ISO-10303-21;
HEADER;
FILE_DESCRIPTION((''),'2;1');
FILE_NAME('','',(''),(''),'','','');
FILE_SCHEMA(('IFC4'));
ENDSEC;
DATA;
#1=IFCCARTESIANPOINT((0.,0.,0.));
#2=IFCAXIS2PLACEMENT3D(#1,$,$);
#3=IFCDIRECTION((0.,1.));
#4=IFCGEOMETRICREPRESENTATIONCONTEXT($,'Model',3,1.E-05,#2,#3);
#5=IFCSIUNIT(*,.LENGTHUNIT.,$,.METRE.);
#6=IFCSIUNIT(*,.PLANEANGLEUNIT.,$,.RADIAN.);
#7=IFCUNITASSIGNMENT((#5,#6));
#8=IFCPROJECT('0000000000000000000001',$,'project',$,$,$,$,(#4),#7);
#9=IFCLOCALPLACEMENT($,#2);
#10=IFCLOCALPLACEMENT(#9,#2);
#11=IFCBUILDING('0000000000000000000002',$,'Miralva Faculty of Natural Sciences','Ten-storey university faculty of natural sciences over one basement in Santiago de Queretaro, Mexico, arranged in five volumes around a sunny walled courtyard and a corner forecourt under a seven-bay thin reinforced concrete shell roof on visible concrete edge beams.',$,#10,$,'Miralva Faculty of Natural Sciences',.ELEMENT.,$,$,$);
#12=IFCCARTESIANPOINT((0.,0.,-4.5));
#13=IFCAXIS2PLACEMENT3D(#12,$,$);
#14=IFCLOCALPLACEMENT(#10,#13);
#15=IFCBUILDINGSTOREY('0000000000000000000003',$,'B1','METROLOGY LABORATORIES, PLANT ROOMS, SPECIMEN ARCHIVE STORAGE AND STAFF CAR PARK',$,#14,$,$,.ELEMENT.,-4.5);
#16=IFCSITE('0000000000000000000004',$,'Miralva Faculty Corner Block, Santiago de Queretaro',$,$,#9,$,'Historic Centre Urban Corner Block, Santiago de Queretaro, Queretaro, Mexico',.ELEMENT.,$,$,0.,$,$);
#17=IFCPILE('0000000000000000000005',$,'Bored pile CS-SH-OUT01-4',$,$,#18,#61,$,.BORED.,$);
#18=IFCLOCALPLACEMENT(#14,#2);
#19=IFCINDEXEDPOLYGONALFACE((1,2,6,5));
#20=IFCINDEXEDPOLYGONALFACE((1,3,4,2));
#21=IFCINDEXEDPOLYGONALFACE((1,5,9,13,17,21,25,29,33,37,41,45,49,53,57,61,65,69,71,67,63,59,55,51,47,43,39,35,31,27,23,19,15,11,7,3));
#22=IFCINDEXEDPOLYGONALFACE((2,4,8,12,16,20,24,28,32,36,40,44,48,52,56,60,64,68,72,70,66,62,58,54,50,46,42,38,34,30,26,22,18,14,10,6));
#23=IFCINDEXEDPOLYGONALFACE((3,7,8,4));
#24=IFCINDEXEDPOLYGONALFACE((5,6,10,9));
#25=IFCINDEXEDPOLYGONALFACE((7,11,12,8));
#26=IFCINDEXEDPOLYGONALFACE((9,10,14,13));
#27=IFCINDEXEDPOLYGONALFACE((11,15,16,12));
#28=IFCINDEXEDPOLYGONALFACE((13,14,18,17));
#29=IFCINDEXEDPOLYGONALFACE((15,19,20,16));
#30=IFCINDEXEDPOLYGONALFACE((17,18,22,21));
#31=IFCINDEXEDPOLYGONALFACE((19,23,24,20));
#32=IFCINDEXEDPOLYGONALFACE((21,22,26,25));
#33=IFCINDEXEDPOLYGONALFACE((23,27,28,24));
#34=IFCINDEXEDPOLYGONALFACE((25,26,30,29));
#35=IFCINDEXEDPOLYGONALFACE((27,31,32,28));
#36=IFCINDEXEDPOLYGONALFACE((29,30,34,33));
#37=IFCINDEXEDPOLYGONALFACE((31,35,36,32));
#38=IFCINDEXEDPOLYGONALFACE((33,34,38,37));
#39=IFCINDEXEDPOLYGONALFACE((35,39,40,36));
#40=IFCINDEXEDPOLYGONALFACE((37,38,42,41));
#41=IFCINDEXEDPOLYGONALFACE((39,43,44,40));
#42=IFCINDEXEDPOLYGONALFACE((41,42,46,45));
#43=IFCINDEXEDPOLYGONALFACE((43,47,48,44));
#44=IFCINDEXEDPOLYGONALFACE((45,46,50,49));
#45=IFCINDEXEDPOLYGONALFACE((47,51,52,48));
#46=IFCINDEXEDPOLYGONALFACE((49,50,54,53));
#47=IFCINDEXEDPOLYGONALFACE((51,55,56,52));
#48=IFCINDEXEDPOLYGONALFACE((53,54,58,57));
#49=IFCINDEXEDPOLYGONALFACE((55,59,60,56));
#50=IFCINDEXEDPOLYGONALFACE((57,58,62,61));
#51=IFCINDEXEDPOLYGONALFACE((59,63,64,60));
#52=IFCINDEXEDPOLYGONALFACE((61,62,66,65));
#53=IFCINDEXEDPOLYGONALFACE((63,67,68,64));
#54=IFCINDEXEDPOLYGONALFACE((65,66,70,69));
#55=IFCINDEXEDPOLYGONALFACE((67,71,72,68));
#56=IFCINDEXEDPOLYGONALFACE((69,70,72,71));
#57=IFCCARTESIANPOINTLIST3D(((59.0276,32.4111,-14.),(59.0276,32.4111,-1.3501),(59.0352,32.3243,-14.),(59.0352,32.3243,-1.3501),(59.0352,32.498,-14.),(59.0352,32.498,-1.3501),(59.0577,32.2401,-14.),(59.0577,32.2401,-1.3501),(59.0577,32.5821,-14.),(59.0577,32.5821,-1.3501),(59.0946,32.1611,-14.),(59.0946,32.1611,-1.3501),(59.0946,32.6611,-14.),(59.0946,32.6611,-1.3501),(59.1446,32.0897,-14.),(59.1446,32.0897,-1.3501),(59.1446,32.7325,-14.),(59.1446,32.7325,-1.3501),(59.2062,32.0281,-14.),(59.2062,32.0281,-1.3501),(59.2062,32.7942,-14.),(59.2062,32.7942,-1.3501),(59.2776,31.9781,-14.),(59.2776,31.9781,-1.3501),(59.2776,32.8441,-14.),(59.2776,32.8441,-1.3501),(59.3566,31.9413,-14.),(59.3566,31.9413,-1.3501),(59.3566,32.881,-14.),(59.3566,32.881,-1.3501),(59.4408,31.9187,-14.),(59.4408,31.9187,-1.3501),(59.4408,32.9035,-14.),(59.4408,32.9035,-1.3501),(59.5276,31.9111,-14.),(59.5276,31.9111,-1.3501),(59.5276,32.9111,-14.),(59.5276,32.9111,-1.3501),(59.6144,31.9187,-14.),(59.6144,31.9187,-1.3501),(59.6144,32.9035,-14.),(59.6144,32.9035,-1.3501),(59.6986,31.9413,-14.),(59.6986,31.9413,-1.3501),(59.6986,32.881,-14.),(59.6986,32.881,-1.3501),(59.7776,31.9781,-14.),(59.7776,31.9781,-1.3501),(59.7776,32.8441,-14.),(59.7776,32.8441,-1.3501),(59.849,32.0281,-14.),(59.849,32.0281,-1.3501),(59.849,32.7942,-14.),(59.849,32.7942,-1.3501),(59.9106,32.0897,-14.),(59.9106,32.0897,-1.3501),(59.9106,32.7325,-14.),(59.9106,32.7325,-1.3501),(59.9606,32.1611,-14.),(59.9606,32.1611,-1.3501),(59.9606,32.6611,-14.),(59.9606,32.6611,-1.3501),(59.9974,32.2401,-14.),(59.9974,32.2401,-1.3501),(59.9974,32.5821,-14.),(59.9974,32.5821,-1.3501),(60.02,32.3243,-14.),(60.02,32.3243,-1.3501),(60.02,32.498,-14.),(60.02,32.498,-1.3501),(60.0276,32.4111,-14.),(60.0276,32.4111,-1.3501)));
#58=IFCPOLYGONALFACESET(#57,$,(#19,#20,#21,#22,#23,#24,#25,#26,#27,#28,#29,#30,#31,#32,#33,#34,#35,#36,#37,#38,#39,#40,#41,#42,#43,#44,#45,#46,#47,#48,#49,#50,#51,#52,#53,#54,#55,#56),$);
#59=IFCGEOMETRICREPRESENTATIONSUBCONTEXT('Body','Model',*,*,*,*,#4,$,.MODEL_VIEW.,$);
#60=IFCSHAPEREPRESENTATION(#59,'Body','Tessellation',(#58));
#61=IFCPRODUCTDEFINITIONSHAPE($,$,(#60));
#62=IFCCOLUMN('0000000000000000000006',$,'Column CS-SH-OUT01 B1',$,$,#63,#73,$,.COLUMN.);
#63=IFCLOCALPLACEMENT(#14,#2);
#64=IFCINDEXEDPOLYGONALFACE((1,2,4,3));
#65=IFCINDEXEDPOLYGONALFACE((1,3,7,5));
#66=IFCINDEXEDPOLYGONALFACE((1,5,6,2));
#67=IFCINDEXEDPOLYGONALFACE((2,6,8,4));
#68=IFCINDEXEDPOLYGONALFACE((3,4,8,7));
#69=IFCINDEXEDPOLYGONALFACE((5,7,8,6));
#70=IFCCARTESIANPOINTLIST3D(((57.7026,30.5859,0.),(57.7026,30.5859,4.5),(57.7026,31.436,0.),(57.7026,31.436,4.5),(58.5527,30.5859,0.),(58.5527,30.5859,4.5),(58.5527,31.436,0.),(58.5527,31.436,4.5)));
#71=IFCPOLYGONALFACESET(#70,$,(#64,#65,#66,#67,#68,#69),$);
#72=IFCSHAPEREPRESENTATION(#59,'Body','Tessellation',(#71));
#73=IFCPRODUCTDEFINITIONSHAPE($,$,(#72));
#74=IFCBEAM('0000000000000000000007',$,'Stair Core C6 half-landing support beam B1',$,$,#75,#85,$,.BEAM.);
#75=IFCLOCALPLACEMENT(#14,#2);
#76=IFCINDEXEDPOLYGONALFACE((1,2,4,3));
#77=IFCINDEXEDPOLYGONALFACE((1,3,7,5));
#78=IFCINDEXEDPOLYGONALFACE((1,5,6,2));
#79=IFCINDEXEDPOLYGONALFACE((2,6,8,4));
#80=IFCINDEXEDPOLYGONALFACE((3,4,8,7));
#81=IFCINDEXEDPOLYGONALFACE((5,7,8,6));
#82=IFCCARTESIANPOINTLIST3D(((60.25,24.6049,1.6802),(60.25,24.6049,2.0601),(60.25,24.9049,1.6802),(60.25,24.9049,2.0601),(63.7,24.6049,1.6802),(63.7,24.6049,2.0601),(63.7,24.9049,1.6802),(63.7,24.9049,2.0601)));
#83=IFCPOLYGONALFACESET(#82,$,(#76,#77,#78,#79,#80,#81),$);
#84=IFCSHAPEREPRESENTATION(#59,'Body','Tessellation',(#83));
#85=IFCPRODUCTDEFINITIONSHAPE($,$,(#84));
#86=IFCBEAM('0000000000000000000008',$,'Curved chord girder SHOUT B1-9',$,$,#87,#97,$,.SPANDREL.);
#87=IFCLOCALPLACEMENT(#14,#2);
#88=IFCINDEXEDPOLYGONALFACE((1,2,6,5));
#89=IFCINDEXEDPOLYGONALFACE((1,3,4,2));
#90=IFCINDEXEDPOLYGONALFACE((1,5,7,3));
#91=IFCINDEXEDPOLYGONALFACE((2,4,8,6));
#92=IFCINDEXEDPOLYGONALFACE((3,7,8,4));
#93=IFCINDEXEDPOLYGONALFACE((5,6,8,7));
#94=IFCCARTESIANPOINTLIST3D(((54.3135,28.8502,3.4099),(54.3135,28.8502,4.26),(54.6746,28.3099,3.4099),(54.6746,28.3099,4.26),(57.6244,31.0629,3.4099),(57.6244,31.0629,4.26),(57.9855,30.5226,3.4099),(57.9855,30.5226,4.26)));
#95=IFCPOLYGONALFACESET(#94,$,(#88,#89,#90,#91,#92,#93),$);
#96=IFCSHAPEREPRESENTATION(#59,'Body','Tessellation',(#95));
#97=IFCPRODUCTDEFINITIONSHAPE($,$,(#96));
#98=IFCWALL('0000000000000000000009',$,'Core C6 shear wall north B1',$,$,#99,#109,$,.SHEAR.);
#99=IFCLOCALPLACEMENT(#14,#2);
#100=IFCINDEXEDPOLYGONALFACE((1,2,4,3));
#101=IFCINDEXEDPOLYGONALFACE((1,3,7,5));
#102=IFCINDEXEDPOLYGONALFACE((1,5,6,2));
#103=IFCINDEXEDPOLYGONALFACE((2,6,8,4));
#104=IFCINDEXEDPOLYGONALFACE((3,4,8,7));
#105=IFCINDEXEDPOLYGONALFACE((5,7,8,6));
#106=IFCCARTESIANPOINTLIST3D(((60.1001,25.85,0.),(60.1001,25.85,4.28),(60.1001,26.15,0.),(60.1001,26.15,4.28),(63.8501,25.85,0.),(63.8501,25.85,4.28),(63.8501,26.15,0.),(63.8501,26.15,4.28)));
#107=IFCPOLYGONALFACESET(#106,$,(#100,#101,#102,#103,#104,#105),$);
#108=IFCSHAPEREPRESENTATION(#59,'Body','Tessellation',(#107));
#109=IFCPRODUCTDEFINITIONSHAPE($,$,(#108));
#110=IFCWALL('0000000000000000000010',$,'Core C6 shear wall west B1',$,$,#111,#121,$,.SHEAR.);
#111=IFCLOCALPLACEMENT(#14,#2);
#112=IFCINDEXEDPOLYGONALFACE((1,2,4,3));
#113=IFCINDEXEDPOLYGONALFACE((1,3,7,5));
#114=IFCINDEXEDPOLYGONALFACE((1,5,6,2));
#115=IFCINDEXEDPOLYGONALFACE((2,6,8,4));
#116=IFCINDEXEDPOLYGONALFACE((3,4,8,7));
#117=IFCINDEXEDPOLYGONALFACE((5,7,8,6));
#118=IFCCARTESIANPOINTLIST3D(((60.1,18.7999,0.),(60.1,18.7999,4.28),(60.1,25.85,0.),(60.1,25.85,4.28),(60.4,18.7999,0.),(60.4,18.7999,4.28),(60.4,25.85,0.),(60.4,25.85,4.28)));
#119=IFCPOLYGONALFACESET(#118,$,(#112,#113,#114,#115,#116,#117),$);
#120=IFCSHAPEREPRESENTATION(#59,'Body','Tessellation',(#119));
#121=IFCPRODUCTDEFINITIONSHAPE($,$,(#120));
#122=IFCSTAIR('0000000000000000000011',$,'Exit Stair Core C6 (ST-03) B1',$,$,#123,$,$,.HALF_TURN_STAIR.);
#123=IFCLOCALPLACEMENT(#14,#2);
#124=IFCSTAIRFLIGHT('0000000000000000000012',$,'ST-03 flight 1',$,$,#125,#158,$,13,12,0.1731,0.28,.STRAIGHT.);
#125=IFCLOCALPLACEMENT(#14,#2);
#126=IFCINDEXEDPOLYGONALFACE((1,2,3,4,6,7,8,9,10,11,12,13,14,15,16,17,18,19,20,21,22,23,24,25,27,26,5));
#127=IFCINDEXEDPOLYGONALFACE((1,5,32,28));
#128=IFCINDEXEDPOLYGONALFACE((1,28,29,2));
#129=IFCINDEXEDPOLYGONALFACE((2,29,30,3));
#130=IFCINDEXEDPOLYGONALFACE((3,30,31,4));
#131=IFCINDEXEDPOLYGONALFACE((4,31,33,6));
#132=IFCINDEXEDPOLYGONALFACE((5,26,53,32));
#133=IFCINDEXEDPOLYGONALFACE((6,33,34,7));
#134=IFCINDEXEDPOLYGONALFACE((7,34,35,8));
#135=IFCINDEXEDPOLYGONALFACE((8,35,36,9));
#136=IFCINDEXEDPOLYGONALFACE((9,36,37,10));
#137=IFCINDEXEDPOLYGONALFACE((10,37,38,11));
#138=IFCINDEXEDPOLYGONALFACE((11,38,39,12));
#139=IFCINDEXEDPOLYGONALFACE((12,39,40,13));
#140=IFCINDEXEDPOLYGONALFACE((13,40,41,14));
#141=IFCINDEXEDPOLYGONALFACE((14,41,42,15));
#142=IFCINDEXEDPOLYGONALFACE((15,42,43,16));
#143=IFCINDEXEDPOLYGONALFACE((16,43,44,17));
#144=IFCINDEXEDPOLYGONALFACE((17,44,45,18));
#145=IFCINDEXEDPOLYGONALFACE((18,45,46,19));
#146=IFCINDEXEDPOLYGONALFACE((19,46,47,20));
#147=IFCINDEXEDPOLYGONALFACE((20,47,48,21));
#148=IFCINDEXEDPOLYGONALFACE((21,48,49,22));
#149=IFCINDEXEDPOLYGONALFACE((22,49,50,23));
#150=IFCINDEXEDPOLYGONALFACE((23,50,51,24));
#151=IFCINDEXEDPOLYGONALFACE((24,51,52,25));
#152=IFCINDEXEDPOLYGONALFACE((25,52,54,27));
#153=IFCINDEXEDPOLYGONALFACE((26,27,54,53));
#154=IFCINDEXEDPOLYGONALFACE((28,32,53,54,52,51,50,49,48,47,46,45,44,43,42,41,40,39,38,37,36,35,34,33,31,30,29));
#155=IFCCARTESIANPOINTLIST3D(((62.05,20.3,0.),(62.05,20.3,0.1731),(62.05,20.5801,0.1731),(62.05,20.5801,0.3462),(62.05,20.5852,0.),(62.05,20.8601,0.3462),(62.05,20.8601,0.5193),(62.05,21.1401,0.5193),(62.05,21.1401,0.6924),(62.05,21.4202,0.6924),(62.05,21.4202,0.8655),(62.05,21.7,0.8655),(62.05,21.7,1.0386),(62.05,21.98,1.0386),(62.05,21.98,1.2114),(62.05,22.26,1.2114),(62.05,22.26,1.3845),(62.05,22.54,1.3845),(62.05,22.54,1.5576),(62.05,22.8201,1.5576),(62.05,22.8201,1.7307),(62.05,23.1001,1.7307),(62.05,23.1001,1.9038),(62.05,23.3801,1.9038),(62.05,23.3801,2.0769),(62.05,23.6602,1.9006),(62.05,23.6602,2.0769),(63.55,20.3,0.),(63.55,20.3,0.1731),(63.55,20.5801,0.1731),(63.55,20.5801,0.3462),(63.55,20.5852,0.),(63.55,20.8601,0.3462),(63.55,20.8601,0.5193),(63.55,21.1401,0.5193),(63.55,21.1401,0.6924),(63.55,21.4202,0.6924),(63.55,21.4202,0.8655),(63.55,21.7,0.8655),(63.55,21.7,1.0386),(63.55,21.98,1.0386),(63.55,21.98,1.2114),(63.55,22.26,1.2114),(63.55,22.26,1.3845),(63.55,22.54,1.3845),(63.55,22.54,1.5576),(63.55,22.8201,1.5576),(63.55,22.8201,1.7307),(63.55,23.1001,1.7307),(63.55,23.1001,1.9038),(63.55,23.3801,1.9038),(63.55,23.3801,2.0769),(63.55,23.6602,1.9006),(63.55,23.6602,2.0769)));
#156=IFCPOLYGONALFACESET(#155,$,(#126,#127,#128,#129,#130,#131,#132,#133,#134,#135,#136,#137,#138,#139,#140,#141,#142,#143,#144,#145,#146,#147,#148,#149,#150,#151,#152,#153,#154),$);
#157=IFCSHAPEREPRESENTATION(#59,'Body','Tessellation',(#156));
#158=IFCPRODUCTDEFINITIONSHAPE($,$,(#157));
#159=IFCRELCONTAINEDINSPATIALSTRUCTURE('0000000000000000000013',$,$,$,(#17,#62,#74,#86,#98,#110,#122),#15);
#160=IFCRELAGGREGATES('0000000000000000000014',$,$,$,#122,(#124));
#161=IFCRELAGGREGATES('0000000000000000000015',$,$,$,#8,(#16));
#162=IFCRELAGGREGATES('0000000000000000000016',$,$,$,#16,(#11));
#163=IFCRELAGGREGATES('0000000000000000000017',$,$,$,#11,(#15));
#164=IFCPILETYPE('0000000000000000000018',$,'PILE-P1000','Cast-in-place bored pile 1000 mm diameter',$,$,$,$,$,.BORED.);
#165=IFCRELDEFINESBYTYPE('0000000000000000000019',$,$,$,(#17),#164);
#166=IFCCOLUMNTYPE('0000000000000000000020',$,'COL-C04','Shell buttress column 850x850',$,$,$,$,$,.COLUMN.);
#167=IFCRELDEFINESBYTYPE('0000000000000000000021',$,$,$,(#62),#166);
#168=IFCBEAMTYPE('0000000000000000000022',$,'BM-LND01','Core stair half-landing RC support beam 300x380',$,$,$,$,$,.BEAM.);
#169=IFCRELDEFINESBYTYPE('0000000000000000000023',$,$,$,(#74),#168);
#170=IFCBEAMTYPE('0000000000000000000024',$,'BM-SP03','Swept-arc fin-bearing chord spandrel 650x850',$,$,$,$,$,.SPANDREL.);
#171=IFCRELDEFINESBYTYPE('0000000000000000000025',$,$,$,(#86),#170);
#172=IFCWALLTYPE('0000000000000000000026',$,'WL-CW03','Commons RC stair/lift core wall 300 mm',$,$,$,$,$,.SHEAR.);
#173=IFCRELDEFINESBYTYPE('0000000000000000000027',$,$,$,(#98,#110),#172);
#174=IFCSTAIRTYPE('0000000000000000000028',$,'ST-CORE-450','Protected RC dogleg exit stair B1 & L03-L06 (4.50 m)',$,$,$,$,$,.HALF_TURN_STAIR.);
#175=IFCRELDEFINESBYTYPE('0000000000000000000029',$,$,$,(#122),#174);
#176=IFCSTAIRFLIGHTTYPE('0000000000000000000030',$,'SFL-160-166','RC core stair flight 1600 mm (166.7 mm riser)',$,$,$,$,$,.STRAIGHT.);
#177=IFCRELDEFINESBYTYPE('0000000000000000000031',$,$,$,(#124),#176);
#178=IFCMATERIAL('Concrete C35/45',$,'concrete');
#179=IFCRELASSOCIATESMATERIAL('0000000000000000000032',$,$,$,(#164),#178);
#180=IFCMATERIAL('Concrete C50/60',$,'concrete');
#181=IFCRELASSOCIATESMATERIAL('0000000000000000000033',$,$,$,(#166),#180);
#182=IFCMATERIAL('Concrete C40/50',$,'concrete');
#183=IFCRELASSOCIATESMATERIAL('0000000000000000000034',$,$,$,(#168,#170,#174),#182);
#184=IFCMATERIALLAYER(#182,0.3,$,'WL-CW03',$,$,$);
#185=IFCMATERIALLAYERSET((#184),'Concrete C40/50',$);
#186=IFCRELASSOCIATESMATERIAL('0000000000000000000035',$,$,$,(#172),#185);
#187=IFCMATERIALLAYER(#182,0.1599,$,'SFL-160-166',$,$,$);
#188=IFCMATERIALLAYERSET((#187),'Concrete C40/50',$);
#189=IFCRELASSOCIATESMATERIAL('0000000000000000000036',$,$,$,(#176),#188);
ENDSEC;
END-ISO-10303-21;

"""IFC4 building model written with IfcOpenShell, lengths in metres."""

from ifc_helpers import new_model, si_unit, direction, frame, frame_2d, origin, origin_2d, place, context, subcontext, project, spatial, polyline, rectangle, circle, outline, extrude, material, layer, layer_set, material_profile, profile_set, type_object, element, aggregate, save


model = new_model("IFC4")

# Units and contexts
model_context = context("Model", 3, precision=1e-05, world=origin(), true_north=direction((0.0, 1.0)))
body_context = subcontext(model_context, "Body", "Model", "MODEL_VIEW")
ifc_project = project(units=[si_unit("LENGTHUNIT", "METRE"), si_unit("PLANEANGLEUNIT", "RADIAN")], contexts=[model_context])

# Site, building, storey
site_placement = place(None, origin())
site = spatial("IfcSite", under=ifc_project, at=site_placement, Name="Miralva Faculty Corner Block, Santiago de Queretaro", LongName="Historic Centre Urban Corner Block, Santiago de Queretaro, Queretaro, Mexico", CompositionType="ELEMENT", RefElevation=0.0)
building_placement = place(site_placement, origin())
building = spatial("IfcBuilding", under=site, at=building_placement, Name="Miralva Faculty of Natural Sciences", Description="Ten-storey university faculty of natural sciences over one basement in Santiago de Queretaro, Mexico, arranged in five volumes around a sunny walled courtyard and a corner forecourt under a seven-bay thin reinforced concrete shell roof on visible concrete edge beams.", LongName="Miralva Faculty of Natural Sciences", CompositionType="ELEMENT")
storey_placement = place(building_placement, frame((0.0, 0.0, -4.5)))
storey = spatial("IfcBuildingStorey", under=building, at=storey_placement, Name="B1", Description="METROLOGY LABORATORIES, PLANT ROOMS, SPECIMEN ARCHIVE STORAGE AND STAFF CAR PARK", CompositionType="ELEMENT", Elevation=-4.5)

# Shared definitions
ifc_material_1 = material(Name="Concrete C40/50", Category="concrete")

# Pile
ifc_material_2 = material(Name="Concrete C35/45", Category="concrete")
ifc_material_profile_1 = material_profile(ifc_material_2, circle(Radius=0.5, at=origin_2d()), Name="BORED PILE 1000")
ifc_profile_set_1 = profile_set([ifc_material_profile_1], Name="Concrete C35/45")
pile_type = type_object("IfcPileType", Name="PILE-P1000", Description="Cast-in-place bored pile 1000 mm diameter", PredefinedType="BORED", material=ifc_profile_set_1)
for number, where, z_axis, x_axis, name in (
    (1, (59.5276, 32.4111, -1.3501), (0.0, 0.0, -1.0), (1.0, 0.0, 0.0), "Bored pile CS-SH-OUT01-4"),
):
    element("IfcPile", number, at=place(storey_placement, frame(where, z_axis=z_axis, x_axis=x_axis)), inside=storey, type_object=pile_type, Name=name, PredefinedType="BORED", context=body_context, shape_type="SweptSolid", body=[
        extrude(circle(Radius=0.5, at=origin_2d()), origin(), (0.0, 0.0, 1.0), 12.6499),
    ])

# Column
ifc_material_3 = material(Name="Concrete C50/60", Category="concrete")
ifc_material_profile_2 = material_profile(ifc_material_3, rectangle(XDim=0.8501, YDim=0.8501, at=origin_2d()), Name="RC 850x850")
ifc_profile_set_2 = profile_set([ifc_material_profile_2], Name="Concrete C50/60")
column_type = type_object("IfcColumnType", Name="COL-C04", Description="Shell buttress column 850x850", PredefinedType="COLUMN", material=ifc_profile_set_2)
column_placement = place(storey_placement, frame((58.1277, 31.011, 0.0), z_axis=(0.0, 0.0, 1.0), x_axis=(1.0, 0.0, 0.0)))
element("IfcColumn", 2, at=column_placement, inside=storey, type_object=column_type, Name="Column CS-SH-OUT01 B1", PredefinedType="COLUMN", context=body_context, shape_type="SweptSolid", body=[
    extrude(rectangle(XDim=0.8501, YDim=0.8501, at=origin_2d()), origin(), (0.0, 0.0, 1.0), 4.5),
])

# Beams
ifc_material_profile_3 = material_profile(ifc_material_1, rectangle(XDim=0.3, YDim=0.3799, at=origin_2d()), Name="RC 300x380")
ifc_profile_set_3 = profile_set([ifc_material_profile_3], Name="Concrete C40/50")
beam_type_1 = type_object("IfcBeamType", Name="BM-LND01", Description="Core stair half-landing RC support beam 300x380", PredefinedType="BEAM", material=ifc_profile_set_3)
beam_1_placement = place(storey_placement, frame((60.25, 24.7549, 1.8701), z_axis=(1.0, 0.0, 0.0), x_axis=(0.0, 1.0, 0.0)))
element("IfcBeam", 3, at=beam_1_placement, inside=storey, type_object=beam_type_1, Name="Stair Core C6 half-landing support beam B1", PredefinedType="BEAM", context=body_context, shape_type="SweptSolid", body=[
    extrude(rectangle(XDim=0.3, YDim=0.3799, at=origin_2d()), origin(), (0.0, 0.0, 1.0), 3.45),
])
ifc_material_profile_4 = material_profile(ifc_material_1, rectangle(XDim=0.6499, YDim=0.8501, at=origin_2d()), Name="RC 650x850")
ifc_profile_set_4 = profile_set([ifc_material_profile_4], Name="Concrete C40/50")
beam_type_2 = type_object("IfcBeamType", Name="BM-SP03", Description="Swept-arc fin-bearing chord spandrel 650x850", PredefinedType="SPANDREL", material=ifc_profile_set_4)
beam_2_placement = place(storey_placement, frame((57.8049, 30.7927, 3.835), z_axis=(-0.831418, -0.555648, 0.0), x_axis=(0.555648, -0.831418, 0.0)))
element("IfcBeam", 4, at=beam_2_placement, inside=storey, type_object=beam_type_2, Name="Curved chord girder SHOUT B1-9", PredefinedType="SPANDREL", context=body_context, shape_type="SweptSolid", body=[
    extrude(rectangle(XDim=0.6499, YDim=0.8501, at=origin_2d()), origin(), (0.0, 0.0, 1.0), 3.9822),
])

# Walls
ifc_layer_1 = layer(ifc_material_1, 0.3, Name="WL-CW03")
ifc_layer_set_1 = layer_set([ifc_layer_1], Name="Concrete C40/50")
wall_type = type_object("IfcWallType", Name="WL-CW03", Description="Commons RC stair/lift core wall 300 mm", PredefinedType="SHEAR", material=ifc_layer_set_1)
wall_1_placement = place(storey_placement, frame((60.1001, 26.0, 0.0), z_axis=(0.0, 0.0, 1.0), x_axis=(1.0, 0.0, 0.0)))
element("IfcWall", 5, at=wall_1_placement, inside=storey, type_object=wall_type, Name="Core C6 shear wall north B1", PredefinedType="SHEAR", context=body_context, shape_type="SweptSolid", body=[
    extrude(rectangle(XDim=3.75, YDim=0.3, at=frame_2d((1.875, 0.0))), origin(), (0.0, 0.0, 1.0), 4.28),
])
wall_2_placement = place(storey_placement, frame((60.25, 18.8, 0.0), z_axis=(0.0, 0.0, 1.0), x_axis=(0.0, 1.0, 0.0)))
element("IfcWall", 6, at=wall_2_placement, inside=storey, type_object=wall_type, Name="Core C6 shear wall west B1", PredefinedType="SHEAR", context=body_context, shape_type="SweptSolid", body=[
    extrude(rectangle(XDim=7.05, YDim=0.3, at=frame_2d((3.5249, 0.0))), origin(), (0.0, 0.0, 1.0), 4.28),
])

# Stair, stair flight
stair_type = type_object("IfcStairType", Name="ST-CORE-450", Description="Protected RC dogleg exit stair B1 & L03-L06 (4.50 m)", PredefinedType="HALF_TURN_STAIR", material=ifc_material_1)
stair_placement = place(storey_placement, origin())
stair = element("IfcStair", 7, at=stair_placement, inside=storey, type_object=stair_type, Name="Exit Stair Core C6 (ST-03) B1", PredefinedType="HALF_TURN_STAIR")
ifc_layer_2 = layer(ifc_material_1, 0.1599, Name="SFL-160-166")
ifc_layer_set_2 = layer_set([ifc_layer_2], Name="Concrete C40/50")
stair_flight_type = type_object("IfcStairFlightType", Name="SFL-160-166", Description="RC core stair flight 1600 mm (166.7 mm riser)", PredefinedType="STRAIGHT", material=ifc_layer_set_2)
stair_flight_1_placement = place(storey_placement, frame((62.8, 20.3, 0.0), z_axis=(0.0, 0.0, 1.0), x_axis=(0.0, 1.0, 0.0)))
stair_flight_1 = element("IfcStairFlight", 8, at=stair_flight_1_placement, type_object=stair_flight_type, Name="ST-03 flight 1", NumberOfRisers=13, NumberOfTreads=12, PredefinedType="STRAIGHT", RiserHeight=0.1731, TreadLength=0.28, context=body_context, shape_type="SweptSolid", body=[
    extrude(outline(polyline([(0.0, 0.0), (0.0, 0.1731), (0.28, 0.1731), (0.28, 0.3462), (0.5601, 0.3462), (0.5601, 0.5193), (0.8401, 0.5193), (0.8401, 0.6924), (1.1201, 0.6924), (1.1201, 0.8655), (1.3999, 0.8655), (1.3999, 1.0386), (1.6799, 1.0386), (1.6799, 1.2114), (1.96, 1.2114), (1.96, 1.3845), (2.24, 1.3845), (2.24, 1.5576), (2.52, 1.5576), (2.52, 1.7307), (2.8, 1.7307), (2.8, 1.9038), (3.0801, 1.9038), (3.0801, 2.0769), (3.3601, 2.0769), (3.3601, 2.25), (3.3601, 1.9006), (0.2852, 0.0), (0.0, 0.0)])), frame((0.0, 0.75, 0.0), z_axis=(0.0, -1.0, 0.0), x_axis=(1.0, 0.0, 0.0)), (0.0, 0.0, 1.0), 1.5),
])
aggregate(stair, [stair_flight_1])

save(model, "model.ifc")
